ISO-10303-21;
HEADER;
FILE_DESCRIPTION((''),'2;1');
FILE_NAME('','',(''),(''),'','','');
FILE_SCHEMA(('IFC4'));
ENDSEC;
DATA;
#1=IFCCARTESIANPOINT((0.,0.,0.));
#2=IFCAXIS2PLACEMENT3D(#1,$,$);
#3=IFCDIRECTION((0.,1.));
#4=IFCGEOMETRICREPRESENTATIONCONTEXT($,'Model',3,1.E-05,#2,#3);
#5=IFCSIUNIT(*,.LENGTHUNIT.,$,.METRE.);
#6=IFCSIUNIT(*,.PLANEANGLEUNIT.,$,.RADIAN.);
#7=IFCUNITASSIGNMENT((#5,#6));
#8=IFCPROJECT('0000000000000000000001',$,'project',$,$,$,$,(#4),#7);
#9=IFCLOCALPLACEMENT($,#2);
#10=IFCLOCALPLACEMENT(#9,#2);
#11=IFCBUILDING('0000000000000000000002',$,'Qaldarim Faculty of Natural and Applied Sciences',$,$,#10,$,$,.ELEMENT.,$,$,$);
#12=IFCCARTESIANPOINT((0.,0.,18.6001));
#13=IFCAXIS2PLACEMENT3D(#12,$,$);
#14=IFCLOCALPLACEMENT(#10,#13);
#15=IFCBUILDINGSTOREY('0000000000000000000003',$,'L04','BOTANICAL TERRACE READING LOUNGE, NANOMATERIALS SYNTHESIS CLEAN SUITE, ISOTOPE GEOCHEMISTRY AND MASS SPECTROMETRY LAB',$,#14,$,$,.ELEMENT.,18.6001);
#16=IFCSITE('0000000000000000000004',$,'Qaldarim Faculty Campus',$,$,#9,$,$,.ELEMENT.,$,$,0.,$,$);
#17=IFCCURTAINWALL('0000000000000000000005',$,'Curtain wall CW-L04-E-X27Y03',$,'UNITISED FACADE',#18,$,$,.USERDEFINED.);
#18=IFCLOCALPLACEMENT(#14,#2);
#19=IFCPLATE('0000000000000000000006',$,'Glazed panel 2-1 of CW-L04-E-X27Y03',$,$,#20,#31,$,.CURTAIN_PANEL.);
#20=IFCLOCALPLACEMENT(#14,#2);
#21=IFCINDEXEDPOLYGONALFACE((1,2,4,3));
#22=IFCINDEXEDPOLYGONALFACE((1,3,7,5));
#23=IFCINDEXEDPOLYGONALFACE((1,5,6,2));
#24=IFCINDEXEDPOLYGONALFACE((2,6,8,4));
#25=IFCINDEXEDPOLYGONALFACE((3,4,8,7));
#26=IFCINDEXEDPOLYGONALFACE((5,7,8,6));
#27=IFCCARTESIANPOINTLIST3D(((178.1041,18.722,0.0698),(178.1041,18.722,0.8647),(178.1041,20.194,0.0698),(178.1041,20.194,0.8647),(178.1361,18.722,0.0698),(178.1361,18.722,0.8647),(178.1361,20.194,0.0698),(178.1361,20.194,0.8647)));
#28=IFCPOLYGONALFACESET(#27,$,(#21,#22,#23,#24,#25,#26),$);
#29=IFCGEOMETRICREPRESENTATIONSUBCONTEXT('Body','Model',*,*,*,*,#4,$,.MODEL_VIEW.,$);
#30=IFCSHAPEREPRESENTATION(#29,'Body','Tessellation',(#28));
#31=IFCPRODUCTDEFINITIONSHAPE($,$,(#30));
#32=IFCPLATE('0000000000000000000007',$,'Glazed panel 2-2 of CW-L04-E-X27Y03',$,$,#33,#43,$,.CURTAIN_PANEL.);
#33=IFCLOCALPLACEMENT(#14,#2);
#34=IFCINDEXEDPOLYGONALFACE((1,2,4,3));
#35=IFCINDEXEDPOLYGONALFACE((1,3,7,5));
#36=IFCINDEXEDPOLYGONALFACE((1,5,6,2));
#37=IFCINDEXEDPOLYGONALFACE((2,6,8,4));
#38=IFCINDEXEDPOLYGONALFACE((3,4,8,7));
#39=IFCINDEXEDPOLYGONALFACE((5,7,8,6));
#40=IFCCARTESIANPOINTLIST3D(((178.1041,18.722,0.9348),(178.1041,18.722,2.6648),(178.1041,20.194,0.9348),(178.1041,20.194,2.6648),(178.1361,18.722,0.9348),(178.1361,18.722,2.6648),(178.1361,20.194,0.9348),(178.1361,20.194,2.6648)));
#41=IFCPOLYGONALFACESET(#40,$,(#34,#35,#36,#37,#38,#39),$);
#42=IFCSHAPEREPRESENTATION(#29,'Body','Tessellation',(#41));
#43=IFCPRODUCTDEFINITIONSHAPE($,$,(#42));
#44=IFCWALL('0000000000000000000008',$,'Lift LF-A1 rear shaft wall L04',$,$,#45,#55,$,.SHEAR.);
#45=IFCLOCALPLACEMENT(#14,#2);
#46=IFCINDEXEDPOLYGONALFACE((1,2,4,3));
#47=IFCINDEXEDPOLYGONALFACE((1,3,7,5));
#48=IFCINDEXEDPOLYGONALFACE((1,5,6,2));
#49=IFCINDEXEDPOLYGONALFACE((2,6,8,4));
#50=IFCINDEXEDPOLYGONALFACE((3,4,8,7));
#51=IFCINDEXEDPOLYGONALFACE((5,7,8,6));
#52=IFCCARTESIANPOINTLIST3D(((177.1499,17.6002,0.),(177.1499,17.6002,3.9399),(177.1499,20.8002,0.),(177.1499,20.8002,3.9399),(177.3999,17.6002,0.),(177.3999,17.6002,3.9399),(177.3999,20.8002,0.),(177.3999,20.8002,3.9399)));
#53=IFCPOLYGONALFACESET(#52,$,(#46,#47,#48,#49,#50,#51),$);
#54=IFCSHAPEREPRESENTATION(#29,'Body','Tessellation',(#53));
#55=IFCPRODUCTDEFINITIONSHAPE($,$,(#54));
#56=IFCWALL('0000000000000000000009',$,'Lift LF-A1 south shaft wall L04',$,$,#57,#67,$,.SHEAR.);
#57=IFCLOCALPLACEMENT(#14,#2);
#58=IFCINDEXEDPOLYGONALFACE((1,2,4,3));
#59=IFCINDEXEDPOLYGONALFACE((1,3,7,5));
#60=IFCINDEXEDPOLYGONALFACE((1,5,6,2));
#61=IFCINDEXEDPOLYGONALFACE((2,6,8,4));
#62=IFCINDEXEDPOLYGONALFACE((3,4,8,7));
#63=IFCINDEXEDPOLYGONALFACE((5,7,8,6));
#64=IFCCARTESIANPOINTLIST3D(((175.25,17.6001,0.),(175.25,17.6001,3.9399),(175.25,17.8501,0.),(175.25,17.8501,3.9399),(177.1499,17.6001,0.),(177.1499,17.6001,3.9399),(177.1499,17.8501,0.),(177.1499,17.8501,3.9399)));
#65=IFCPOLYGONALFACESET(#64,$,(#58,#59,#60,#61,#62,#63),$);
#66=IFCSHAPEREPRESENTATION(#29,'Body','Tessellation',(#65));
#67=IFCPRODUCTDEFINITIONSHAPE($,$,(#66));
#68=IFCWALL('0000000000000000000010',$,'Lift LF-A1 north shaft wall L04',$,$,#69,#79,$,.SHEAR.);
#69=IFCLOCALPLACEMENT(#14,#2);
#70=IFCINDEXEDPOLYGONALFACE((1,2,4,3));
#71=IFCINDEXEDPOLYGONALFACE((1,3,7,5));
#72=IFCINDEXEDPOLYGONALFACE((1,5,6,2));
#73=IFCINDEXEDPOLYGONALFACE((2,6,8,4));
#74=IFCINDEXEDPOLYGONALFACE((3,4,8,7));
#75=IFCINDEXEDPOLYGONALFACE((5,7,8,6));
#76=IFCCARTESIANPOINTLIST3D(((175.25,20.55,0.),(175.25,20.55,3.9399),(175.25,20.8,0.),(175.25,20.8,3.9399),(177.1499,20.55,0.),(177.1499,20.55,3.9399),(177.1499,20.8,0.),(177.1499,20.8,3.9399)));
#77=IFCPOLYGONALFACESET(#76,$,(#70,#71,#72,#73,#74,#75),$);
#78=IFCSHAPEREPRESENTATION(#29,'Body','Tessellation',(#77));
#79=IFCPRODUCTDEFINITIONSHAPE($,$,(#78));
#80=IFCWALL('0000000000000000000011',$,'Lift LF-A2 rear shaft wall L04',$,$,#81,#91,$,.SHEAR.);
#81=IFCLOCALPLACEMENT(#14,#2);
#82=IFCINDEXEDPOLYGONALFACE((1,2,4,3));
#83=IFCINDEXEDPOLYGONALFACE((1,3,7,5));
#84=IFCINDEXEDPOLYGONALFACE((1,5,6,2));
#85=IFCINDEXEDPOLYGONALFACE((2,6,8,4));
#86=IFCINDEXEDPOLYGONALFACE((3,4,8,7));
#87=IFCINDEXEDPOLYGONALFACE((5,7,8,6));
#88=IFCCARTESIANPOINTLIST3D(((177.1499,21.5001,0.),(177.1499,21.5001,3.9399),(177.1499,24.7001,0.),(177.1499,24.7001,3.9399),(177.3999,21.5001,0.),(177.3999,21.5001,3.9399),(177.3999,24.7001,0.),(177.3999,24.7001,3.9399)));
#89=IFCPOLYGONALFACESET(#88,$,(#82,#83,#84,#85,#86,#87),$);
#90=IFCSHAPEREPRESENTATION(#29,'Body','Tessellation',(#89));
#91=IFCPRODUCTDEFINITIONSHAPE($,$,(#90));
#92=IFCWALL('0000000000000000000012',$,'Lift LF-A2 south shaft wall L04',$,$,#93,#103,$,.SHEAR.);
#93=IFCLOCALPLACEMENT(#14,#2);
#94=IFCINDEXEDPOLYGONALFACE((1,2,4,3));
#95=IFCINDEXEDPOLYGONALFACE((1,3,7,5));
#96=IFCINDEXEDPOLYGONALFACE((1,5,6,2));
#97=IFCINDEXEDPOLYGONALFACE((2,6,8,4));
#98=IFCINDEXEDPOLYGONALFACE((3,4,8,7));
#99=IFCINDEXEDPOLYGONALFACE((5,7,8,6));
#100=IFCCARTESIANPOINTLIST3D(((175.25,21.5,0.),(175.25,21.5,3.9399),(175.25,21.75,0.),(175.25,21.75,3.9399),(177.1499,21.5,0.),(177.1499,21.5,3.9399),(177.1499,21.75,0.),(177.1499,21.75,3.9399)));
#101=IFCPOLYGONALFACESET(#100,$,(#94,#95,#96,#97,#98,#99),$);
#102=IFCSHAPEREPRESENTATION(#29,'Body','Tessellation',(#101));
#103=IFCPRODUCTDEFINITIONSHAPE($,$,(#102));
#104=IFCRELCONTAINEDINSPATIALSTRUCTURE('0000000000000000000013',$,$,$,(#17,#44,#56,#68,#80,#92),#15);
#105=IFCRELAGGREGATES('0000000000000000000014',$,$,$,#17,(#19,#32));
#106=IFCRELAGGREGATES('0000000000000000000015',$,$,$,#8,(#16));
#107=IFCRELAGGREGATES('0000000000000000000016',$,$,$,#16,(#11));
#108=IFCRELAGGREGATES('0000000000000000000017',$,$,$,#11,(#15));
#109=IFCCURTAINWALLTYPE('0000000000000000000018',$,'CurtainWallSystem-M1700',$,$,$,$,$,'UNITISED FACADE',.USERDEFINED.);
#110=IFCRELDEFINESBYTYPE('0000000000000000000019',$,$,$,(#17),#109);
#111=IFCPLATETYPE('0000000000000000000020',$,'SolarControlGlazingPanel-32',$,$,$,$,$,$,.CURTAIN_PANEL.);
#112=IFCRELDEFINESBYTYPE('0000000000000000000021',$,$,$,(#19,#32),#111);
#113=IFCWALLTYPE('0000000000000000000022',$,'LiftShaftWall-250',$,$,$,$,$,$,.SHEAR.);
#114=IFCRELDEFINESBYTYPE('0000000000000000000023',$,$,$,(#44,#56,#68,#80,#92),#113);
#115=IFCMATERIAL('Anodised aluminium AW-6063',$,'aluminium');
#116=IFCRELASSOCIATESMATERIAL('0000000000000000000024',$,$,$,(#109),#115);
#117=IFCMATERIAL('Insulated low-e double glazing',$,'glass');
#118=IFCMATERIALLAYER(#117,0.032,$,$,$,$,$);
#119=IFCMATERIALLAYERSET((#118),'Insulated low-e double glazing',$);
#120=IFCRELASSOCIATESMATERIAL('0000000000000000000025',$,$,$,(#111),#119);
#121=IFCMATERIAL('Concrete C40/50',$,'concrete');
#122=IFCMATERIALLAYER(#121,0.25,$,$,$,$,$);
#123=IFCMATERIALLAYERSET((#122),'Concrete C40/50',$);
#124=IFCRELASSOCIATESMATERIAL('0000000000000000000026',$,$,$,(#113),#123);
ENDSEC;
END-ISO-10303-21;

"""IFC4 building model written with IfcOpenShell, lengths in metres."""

from ifc_helpers import new_model, si_unit, direction, frame, frame_2d, origin, origin_2d, place, context, subcontext, project, spatial, rectangle, extrude, material, layer, layer_set, type_object, element, aggregate, save


model = new_model("IFC4")

# Units and contexts
model_context = context("Model", 3, precision=1e-05, world=origin(), true_north=direction((0.0, 1.0)))
body_context = subcontext(model_context, "Body", "Model", "MODEL_VIEW")
ifc_project = project(units=[si_unit("LENGTHUNIT", "METRE"), si_unit("PLANEANGLEUNIT", "RADIAN")], contexts=[model_context])

# Site, building, storey
site_placement = place(None, origin())
site = spatial("IfcSite", under=ifc_project, at=site_placement, Name="Qaldarim Faculty Campus", CompositionType="ELEMENT", RefElevation=0.0)
building_placement = place(site_placement, origin())
building = spatial("IfcBuilding", under=site, at=building_placement, Name="Qaldarim Faculty of Natural and Applied Sciences", CompositionType="ELEMENT")
storey_placement = place(building_placement, frame((0.0, 0.0, 18.6001)))
storey = spatial("IfcBuildingStorey", under=building, at=storey_placement, Name="L04", Description="BOTANICAL TERRACE READING LOUNGE, NANOMATERIALS SYNTHESIS CLEAN SUITE, ISOTOPE GEOCHEMISTRY AND MASS SPECTROMETRY LAB", CompositionType="ELEMENT", Elevation=18.6001)

# Curtain wall
ifc_material_1 = material(Name="Anodised aluminium AW-6063", Category="aluminium")
curtain_wall_type = type_object("IfcCurtainWallType", Name="CurtainWallSystem-M1700", ElementType="UNITISED FACADE", PredefinedType="USERDEFINED", material=ifc_material_1)
curtain_wall_placement = place(storey_placement, origin())
curtain_wall = element("IfcCurtainWall", 1, at=curtain_wall_placement, inside=storey, type_object=curtain_wall_type, Name="Curtain wall CW-L04-E-X27Y03", ObjectType="UNITISED FACADE", PredefinedType="USERDEFINED")

# Shared definitions
ifc_material_2 = material(Name="Concrete C40/50", Category="concrete")

# Plates
ifc_material_3 = material(Name="Insulated low-e double glazing", Category="glass")
ifc_layer_1 = layer(ifc_material_3, 0.032)
ifc_layer_set_1 = layer_set([ifc_layer_1], Name="Insulated low-e double glazing")
plate_type = type_object("IfcPlateType", Name="SolarControlGlazingPanel-32", PredefinedType="CURTAIN_PANEL", material=ifc_layer_set_1)
plate_1_placement = place(storey_placement, frame((178.1201, 19.458, 0.0698), z_axis=(0.0, 0.0, 1.0), x_axis=(0.0, 1.0, 0.0)))
plate_1 = element("IfcPlate", 2, at=plate_1_placement, type_object=plate_type, Name="Glazed panel 2-1 of CW-L04-E-X27Y03", PredefinedType="CURTAIN_PANEL", context=body_context, shape_type="SweptSolid", body=[
    extrude(rectangle(XDim=1.4719, YDim=0.032, at=origin_2d()), origin(), (0.0, 0.0, 1.0), 0.7949),
])
plate_2_placement = place(storey_placement, frame((178.1201, 19.458, 0.9348), z_axis=(0.0, 0.0, 1.0), x_axis=(0.0, 1.0, 0.0)))
plate_2 = element("IfcPlate", 3, at=plate_2_placement, type_object=plate_type, Name="Glazed panel 2-2 of CW-L04-E-X27Y03", PredefinedType="CURTAIN_PANEL", context=body_context, shape_type="SweptSolid", body=[
    extrude(rectangle(XDim=1.4719, YDim=0.032, at=origin_2d()), origin(), (0.0, 0.0, 1.0), 1.73),
])
aggregate(curtain_wall, [plate_1, plate_2])

# Shared definitions
ifc_layer_2 = layer(ifc_material_2, 0.25)
ifc_layer_set_2 = layer_set([ifc_layer_2], Name="Concrete C40/50")
wall_type = type_object("IfcWallType", Name="LiftShaftWall-250", PredefinedType="SHEAR", material=ifc_layer_set_2)

# Walls
wall_1_placement = place(storey_placement, frame((177.2749, 17.6001, 0.0), z_axis=(0.0, 0.0, 1.0), x_axis=(0.0, 1.0, 0.0)))
element("IfcWall", 4, at=wall_1_placement, inside=storey, type_object=wall_type, Name="Lift LF-A1 rear shaft wall L04", PredefinedType="SHEAR", context=body_context, shape_type="SweptSolid", body=[
    extrude(rectangle(XDim=3.2, YDim=0.25, at=frame_2d((1.6001, 0.0))), origin(), (0.0, 0.0, 1.0), 3.9399),
])
for number, where, z_axis, x_axis, name in (
    (5, (175.25, 17.7251, 0.0), (0.0, 0.0, 1.0), (1.0, 0.0, 0.0), "Lift LF-A1 south shaft wall L04"),
    (6, (175.25, 20.675, 0.0), (0.0, 0.0, 1.0), (1.0, 0.0, 0.0), "Lift LF-A1 north shaft wall L04"),
):
    element("IfcWall", number, at=place(storey_placement, frame(where, z_axis=z_axis, x_axis=x_axis)), inside=storey, type_object=wall_type, Name=name, PredefinedType="SHEAR", context=body_context, shape_type="SweptSolid", body=[
        extrude(rectangle(XDim=1.8999, YDim=0.25, at=frame_2d((0.95, 0.0))), origin(), (0.0, 0.0, 1.0), 3.9399),
    ])

# Walls
wall_2_placement = place(storey_placement, frame((177.2749, 21.5, 0.0), z_axis=(0.0, 0.0, 1.0), x_axis=(0.0, 1.0, 0.0)))
element("IfcWall", 7, at=wall_2_placement, inside=storey, type_object=wall_type, Name="Lift LF-A2 rear shaft wall L04", PredefinedType="SHEAR", context=body_context, shape_type="SweptSolid", body=[
    extrude(rectangle(XDim=3.2, YDim=0.25, at=frame_2d((1.6001, 0.0))), origin(), (0.0, 0.0, 1.0), 3.9399),
])
wall_3_placement = place(storey_placement, frame((175.25, 21.625, 0.0), z_axis=(0.0, 0.0, 1.0), x_axis=(1.0, 0.0, 0.0)))
element("IfcWall", 8, at=wall_3_placement, inside=storey, type_object=wall_type, Name="Lift LF-A2 south shaft wall L04", PredefinedType="SHEAR", context=body_context, shape_type="SweptSolid", body=[
    extrude(rectangle(XDim=1.8999, YDim=0.25, at=frame_2d((0.95, 0.0))), origin(), (0.0, 0.0, 1.0), 3.9399),
])

save(model, "model.ifc")
